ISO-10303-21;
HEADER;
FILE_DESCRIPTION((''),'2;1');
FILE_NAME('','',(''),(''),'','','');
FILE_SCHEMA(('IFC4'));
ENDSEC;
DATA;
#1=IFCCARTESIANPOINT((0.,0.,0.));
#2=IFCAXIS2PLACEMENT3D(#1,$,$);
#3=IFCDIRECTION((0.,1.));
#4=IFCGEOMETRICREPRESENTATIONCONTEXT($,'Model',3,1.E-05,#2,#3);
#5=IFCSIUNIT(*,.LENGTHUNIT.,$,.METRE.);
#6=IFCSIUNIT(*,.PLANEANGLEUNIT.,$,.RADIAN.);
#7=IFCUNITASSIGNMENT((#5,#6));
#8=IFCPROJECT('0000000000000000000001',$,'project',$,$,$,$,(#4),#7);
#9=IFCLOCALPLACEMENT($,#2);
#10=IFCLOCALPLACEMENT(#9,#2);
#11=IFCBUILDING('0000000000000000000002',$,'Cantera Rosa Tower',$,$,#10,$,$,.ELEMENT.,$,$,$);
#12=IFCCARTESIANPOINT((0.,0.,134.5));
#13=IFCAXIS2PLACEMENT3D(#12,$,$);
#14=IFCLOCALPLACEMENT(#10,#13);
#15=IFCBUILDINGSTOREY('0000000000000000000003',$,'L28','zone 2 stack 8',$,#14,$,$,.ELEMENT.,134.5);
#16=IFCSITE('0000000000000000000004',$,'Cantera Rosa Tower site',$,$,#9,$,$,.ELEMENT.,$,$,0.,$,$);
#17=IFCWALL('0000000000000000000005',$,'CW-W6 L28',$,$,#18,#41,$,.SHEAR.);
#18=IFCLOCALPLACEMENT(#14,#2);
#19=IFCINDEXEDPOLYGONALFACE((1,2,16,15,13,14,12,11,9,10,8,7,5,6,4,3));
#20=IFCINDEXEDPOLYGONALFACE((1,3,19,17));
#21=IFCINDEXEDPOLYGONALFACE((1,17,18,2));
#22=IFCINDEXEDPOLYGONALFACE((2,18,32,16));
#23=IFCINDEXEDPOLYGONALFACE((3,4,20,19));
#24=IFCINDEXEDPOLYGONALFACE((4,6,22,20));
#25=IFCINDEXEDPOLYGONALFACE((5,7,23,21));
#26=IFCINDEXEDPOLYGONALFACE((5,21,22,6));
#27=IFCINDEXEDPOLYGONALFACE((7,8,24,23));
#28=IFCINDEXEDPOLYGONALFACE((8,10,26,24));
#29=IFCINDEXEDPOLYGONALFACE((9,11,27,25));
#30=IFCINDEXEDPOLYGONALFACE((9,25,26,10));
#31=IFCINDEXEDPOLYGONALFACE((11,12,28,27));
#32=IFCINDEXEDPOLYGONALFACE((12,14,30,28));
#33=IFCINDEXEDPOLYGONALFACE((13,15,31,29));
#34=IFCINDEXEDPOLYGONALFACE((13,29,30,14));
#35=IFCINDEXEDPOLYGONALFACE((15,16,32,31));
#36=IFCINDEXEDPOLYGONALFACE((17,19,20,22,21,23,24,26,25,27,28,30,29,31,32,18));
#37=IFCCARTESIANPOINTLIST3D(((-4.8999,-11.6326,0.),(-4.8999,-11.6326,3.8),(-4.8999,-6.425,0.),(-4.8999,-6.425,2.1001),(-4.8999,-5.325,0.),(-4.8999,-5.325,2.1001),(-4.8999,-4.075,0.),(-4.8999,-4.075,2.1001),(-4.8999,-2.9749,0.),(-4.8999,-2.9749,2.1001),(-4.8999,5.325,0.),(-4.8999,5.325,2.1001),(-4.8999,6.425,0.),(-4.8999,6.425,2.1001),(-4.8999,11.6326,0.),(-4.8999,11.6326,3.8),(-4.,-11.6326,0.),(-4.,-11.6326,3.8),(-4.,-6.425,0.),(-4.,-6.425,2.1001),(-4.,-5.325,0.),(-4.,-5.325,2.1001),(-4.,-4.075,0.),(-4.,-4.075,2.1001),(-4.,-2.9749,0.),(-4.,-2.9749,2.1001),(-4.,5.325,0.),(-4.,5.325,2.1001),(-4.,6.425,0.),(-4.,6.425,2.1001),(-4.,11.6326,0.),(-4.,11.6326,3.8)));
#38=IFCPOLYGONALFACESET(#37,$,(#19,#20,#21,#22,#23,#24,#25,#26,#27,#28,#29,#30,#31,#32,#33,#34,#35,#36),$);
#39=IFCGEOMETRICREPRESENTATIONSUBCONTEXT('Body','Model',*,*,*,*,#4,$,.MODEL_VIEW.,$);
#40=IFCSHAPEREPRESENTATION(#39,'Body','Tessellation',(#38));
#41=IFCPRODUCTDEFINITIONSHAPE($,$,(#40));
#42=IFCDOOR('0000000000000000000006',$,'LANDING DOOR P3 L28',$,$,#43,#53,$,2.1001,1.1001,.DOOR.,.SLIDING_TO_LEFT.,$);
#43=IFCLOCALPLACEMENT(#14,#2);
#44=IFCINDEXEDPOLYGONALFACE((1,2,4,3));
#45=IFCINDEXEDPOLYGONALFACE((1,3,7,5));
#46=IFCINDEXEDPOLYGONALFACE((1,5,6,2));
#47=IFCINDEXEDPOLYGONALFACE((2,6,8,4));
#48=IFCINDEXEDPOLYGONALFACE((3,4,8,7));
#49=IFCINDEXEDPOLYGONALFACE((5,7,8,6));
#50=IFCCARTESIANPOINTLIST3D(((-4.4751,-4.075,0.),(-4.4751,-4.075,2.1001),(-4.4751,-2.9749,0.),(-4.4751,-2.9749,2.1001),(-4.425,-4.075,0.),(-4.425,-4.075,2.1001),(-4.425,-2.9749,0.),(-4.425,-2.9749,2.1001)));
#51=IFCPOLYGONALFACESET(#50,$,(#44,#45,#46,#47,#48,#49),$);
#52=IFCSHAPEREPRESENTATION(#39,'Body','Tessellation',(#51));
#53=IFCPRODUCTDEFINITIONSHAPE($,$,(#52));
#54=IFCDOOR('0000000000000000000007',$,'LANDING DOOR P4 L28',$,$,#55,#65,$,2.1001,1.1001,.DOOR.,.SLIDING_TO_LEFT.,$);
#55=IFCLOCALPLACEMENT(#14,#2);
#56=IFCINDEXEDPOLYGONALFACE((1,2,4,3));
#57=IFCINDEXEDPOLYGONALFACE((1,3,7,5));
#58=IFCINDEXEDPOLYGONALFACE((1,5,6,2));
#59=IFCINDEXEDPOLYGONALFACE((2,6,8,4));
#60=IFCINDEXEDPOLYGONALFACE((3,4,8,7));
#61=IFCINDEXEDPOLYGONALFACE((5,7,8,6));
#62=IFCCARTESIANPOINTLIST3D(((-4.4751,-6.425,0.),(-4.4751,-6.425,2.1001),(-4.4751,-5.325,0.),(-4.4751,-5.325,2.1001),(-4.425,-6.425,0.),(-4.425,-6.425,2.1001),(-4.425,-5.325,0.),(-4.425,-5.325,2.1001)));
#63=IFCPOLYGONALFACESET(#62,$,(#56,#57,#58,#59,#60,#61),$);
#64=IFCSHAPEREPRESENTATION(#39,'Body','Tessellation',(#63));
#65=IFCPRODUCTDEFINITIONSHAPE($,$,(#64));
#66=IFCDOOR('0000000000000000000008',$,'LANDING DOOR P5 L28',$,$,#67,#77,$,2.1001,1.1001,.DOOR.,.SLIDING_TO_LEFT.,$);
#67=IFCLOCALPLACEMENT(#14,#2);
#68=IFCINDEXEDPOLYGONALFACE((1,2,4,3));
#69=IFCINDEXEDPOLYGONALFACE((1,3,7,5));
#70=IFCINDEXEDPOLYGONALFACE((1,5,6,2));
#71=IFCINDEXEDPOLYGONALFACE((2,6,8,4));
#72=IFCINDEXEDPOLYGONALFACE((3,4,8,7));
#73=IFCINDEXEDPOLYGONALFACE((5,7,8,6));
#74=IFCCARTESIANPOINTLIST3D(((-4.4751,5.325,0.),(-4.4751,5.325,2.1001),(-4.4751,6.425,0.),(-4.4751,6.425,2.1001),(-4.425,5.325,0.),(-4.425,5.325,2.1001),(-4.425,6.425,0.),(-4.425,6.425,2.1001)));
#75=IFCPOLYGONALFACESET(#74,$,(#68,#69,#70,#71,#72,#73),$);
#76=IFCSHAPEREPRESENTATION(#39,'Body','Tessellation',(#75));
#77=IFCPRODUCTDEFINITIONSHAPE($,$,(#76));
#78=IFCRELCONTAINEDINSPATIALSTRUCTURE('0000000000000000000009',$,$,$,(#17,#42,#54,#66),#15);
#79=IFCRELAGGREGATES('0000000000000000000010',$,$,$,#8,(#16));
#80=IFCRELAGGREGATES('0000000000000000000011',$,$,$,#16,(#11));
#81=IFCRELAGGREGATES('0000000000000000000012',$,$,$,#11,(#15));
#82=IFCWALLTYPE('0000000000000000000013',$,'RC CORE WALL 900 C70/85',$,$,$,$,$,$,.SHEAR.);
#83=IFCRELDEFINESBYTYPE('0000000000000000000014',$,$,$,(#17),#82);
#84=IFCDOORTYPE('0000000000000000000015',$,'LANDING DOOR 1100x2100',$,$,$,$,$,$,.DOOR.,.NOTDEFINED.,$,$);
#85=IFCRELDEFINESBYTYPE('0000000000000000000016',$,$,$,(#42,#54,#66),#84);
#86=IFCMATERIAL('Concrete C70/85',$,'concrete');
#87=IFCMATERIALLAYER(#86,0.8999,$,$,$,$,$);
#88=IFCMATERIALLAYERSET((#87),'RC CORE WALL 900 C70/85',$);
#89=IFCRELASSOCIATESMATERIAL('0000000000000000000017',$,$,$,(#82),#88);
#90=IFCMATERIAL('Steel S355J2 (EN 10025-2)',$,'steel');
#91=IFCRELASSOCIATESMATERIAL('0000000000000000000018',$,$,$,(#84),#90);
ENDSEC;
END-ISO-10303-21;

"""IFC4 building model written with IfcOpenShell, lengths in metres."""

from ifc_helpers import new_model, si_unit, direction, frame, frame_2d, origin, place, context, subcontext, project, spatial, rectangle, extrude, material, layer, layer_set, type_object, element, fill, save


model = new_model("IFC4")

# Units and contexts
model_context = context("Model", 3, precision=1e-05, world=origin(), true_north=direction((0.0, 1.0)))
body_context = subcontext(model_context, "Body", "Model", "MODEL_VIEW")
ifc_project = project(units=[si_unit("LENGTHUNIT", "METRE"), si_unit("PLANEANGLEUNIT", "RADIAN")], contexts=[model_context])

# Site, building, storey
site_placement = place(None, origin())
site = spatial("IfcSite", under=ifc_project, at=site_placement, Name="Cantera Rosa Tower site", CompositionType="ELEMENT", RefElevation=0.0)
building_placement = place(site_placement, origin())
building = spatial("IfcBuilding", under=site, at=building_placement, Name="Cantera Rosa Tower", CompositionType="ELEMENT")
storey_placement = place(building_placement, frame((0.0, 0.0, 134.5)))
storey = spatial("IfcBuildingStorey", under=building, at=storey_placement, Name="L28", Description="zone 2 stack 8", CompositionType="ELEMENT", Elevation=134.5)

# Wall, openings, doors
ifc_material_1 = material(Name="Concrete C70/85", Category="concrete")
ifc_layer_1 = layer(ifc_material_1, 0.8999)
ifc_layer_set_1 = layer_set([ifc_layer_1], Name="RC CORE WALL 900 C70/85")
wall_type_1 = type_object("IfcWallType", Name="RC CORE WALL 900 C70/85", PredefinedType="SHEAR", material=ifc_layer_set_1)
wall_1_placement = place(storey_placement, frame((-4.45, 11.6326, 0.0), z_axis=(0.0, 0.0, 1.0), x_axis=(0.0, -1.0, 0.0)))
wall_1 = element("IfcWall", 1, at=wall_1_placement, inside=storey, type_object=wall_type_1, Name="CW-W6 L28", PredefinedType="SHEAR", context=body_context, shape_type="SweptSolid", body=[
    extrude(rectangle(XDim=23.2651, YDim=0.8999, at=frame_2d((11.6326, 0.0))), origin(), (0.0, 0.0, 1.0), 3.8),
])
opening_1_placement = place(wall_1_placement, frame((14.6074, 0.0, 0.0)))
opening_1 = element("IfcOpeningElement", 2, at=opening_1_placement, cuts=wall_1, PredefinedType="OPENING", context=body_context, shape_type="SweptSolid", body=[
    extrude(rectangle(XDim=1.1001, YDim=2.1001, at=frame_2d((0.55, 1.05))), frame((0.0, 0.46, 0.0), z_axis=(0.0, -1.0, 0.0), x_axis=(1.0, 0.0, 0.0)), (0.0, 0.0, 1.0), 0.9199),
])
opening_2_placement = place(wall_1_placement, frame((16.9575, 0.0, 0.0)))
opening_2 = element("IfcOpeningElement", 3, at=opening_2_placement, cuts=wall_1, PredefinedType="OPENING", context=body_context, shape_type="SweptSolid", body=[
    extrude(rectangle(XDim=1.1001, YDim=2.1001, at=frame_2d((0.55, 1.05))), frame((0.0, 0.46, 0.0), z_axis=(0.0, -1.0, 0.0), x_axis=(1.0, 0.0, 0.0)), (0.0, 0.0, 1.0), 0.9199),
])
opening_3_placement = place(wall_1_placement, frame((5.2075, 0.0, 0.0)))
opening_3 = element("IfcOpeningElement", 4, at=opening_3_placement, cuts=wall_1, PredefinedType="OPENING", context=body_context, shape_type="SweptSolid", body=[
    extrude(rectangle(XDim=1.1001, YDim=2.1001, at=frame_2d((0.55, 1.05))), frame((0.0, 0.46, 0.0), z_axis=(0.0, -1.0, 0.0), x_axis=(1.0, 0.0, 0.0)), (0.0, 0.0, 1.0), 0.9199),
])
ifc_material_2 = material(Name="Steel S355J2 (EN 10025-2)", Category="steel")
door_type_1 = type_object("IfcDoorType", Name="LANDING DOOR 1100x2100", OperationType="NOTDEFINED", PredefinedType="DOOR", material=ifc_material_2)
door_1_placement = place(opening_1_placement, origin())
door_1 = element("IfcDoor", 5, at=door_1_placement, inside=storey, type_object=door_type_1, Name="LANDING DOOR P3 L28", OperationType="SLIDING_TO_LEFT", OverallHeight=2.1001, OverallWidth=1.1001, PredefinedType="DOOR", context=body_context, shape_type="SweptSolid", body=[
    extrude(rectangle(XDim=1.1001, YDim=2.1001, at=frame_2d((0.55, 1.05))), frame((0.0, 0.0249, 0.0), z_axis=(0.0, -1.0, 0.0), x_axis=(1.0, 0.0, 0.0)), (0.0, 0.0, 1.0), 0.05),
])
fill(opening_1, door_1)
door_2_placement = place(opening_2_placement, origin())
door_2 = element("IfcDoor", 6, at=door_2_placement, inside=storey, type_object=door_type_1, Name="LANDING DOOR P4 L28", OperationType="SLIDING_TO_LEFT", OverallHeight=2.1001, OverallWidth=1.1001, PredefinedType="DOOR", context=body_context, shape_type="SweptSolid", body=[
    extrude(rectangle(XDim=1.1001, YDim=2.1001, at=frame_2d((0.55, 1.05))), frame((0.0, 0.0249, 0.0), z_axis=(0.0, -1.0, 0.0), x_axis=(1.0, 0.0, 0.0)), (0.0, 0.0, 1.0), 0.05),
])
fill(opening_2, door_2)
door_3_placement = place(opening_3_placement, origin())
door_3 = element("IfcDoor", 7, at=door_3_placement, inside=storey, type_object=door_type_1, Name="LANDING DOOR P5 L28", OperationType="SLIDING_TO_LEFT", OverallHeight=2.1001, OverallWidth=1.1001, PredefinedType="DOOR", context=body_context, shape_type="SweptSolid", body=[
    extrude(rectangle(XDim=1.1001, YDim=2.1001, at=frame_2d((0.55, 1.05))), frame((0.0, 0.0249, 0.0), z_axis=(0.0, -1.0, 0.0), x_axis=(1.0, 0.0, 0.0)), (0.0, 0.0, 1.0), 0.05),
])
fill(opening_3, door_3)

save(model, "model.ifc")
